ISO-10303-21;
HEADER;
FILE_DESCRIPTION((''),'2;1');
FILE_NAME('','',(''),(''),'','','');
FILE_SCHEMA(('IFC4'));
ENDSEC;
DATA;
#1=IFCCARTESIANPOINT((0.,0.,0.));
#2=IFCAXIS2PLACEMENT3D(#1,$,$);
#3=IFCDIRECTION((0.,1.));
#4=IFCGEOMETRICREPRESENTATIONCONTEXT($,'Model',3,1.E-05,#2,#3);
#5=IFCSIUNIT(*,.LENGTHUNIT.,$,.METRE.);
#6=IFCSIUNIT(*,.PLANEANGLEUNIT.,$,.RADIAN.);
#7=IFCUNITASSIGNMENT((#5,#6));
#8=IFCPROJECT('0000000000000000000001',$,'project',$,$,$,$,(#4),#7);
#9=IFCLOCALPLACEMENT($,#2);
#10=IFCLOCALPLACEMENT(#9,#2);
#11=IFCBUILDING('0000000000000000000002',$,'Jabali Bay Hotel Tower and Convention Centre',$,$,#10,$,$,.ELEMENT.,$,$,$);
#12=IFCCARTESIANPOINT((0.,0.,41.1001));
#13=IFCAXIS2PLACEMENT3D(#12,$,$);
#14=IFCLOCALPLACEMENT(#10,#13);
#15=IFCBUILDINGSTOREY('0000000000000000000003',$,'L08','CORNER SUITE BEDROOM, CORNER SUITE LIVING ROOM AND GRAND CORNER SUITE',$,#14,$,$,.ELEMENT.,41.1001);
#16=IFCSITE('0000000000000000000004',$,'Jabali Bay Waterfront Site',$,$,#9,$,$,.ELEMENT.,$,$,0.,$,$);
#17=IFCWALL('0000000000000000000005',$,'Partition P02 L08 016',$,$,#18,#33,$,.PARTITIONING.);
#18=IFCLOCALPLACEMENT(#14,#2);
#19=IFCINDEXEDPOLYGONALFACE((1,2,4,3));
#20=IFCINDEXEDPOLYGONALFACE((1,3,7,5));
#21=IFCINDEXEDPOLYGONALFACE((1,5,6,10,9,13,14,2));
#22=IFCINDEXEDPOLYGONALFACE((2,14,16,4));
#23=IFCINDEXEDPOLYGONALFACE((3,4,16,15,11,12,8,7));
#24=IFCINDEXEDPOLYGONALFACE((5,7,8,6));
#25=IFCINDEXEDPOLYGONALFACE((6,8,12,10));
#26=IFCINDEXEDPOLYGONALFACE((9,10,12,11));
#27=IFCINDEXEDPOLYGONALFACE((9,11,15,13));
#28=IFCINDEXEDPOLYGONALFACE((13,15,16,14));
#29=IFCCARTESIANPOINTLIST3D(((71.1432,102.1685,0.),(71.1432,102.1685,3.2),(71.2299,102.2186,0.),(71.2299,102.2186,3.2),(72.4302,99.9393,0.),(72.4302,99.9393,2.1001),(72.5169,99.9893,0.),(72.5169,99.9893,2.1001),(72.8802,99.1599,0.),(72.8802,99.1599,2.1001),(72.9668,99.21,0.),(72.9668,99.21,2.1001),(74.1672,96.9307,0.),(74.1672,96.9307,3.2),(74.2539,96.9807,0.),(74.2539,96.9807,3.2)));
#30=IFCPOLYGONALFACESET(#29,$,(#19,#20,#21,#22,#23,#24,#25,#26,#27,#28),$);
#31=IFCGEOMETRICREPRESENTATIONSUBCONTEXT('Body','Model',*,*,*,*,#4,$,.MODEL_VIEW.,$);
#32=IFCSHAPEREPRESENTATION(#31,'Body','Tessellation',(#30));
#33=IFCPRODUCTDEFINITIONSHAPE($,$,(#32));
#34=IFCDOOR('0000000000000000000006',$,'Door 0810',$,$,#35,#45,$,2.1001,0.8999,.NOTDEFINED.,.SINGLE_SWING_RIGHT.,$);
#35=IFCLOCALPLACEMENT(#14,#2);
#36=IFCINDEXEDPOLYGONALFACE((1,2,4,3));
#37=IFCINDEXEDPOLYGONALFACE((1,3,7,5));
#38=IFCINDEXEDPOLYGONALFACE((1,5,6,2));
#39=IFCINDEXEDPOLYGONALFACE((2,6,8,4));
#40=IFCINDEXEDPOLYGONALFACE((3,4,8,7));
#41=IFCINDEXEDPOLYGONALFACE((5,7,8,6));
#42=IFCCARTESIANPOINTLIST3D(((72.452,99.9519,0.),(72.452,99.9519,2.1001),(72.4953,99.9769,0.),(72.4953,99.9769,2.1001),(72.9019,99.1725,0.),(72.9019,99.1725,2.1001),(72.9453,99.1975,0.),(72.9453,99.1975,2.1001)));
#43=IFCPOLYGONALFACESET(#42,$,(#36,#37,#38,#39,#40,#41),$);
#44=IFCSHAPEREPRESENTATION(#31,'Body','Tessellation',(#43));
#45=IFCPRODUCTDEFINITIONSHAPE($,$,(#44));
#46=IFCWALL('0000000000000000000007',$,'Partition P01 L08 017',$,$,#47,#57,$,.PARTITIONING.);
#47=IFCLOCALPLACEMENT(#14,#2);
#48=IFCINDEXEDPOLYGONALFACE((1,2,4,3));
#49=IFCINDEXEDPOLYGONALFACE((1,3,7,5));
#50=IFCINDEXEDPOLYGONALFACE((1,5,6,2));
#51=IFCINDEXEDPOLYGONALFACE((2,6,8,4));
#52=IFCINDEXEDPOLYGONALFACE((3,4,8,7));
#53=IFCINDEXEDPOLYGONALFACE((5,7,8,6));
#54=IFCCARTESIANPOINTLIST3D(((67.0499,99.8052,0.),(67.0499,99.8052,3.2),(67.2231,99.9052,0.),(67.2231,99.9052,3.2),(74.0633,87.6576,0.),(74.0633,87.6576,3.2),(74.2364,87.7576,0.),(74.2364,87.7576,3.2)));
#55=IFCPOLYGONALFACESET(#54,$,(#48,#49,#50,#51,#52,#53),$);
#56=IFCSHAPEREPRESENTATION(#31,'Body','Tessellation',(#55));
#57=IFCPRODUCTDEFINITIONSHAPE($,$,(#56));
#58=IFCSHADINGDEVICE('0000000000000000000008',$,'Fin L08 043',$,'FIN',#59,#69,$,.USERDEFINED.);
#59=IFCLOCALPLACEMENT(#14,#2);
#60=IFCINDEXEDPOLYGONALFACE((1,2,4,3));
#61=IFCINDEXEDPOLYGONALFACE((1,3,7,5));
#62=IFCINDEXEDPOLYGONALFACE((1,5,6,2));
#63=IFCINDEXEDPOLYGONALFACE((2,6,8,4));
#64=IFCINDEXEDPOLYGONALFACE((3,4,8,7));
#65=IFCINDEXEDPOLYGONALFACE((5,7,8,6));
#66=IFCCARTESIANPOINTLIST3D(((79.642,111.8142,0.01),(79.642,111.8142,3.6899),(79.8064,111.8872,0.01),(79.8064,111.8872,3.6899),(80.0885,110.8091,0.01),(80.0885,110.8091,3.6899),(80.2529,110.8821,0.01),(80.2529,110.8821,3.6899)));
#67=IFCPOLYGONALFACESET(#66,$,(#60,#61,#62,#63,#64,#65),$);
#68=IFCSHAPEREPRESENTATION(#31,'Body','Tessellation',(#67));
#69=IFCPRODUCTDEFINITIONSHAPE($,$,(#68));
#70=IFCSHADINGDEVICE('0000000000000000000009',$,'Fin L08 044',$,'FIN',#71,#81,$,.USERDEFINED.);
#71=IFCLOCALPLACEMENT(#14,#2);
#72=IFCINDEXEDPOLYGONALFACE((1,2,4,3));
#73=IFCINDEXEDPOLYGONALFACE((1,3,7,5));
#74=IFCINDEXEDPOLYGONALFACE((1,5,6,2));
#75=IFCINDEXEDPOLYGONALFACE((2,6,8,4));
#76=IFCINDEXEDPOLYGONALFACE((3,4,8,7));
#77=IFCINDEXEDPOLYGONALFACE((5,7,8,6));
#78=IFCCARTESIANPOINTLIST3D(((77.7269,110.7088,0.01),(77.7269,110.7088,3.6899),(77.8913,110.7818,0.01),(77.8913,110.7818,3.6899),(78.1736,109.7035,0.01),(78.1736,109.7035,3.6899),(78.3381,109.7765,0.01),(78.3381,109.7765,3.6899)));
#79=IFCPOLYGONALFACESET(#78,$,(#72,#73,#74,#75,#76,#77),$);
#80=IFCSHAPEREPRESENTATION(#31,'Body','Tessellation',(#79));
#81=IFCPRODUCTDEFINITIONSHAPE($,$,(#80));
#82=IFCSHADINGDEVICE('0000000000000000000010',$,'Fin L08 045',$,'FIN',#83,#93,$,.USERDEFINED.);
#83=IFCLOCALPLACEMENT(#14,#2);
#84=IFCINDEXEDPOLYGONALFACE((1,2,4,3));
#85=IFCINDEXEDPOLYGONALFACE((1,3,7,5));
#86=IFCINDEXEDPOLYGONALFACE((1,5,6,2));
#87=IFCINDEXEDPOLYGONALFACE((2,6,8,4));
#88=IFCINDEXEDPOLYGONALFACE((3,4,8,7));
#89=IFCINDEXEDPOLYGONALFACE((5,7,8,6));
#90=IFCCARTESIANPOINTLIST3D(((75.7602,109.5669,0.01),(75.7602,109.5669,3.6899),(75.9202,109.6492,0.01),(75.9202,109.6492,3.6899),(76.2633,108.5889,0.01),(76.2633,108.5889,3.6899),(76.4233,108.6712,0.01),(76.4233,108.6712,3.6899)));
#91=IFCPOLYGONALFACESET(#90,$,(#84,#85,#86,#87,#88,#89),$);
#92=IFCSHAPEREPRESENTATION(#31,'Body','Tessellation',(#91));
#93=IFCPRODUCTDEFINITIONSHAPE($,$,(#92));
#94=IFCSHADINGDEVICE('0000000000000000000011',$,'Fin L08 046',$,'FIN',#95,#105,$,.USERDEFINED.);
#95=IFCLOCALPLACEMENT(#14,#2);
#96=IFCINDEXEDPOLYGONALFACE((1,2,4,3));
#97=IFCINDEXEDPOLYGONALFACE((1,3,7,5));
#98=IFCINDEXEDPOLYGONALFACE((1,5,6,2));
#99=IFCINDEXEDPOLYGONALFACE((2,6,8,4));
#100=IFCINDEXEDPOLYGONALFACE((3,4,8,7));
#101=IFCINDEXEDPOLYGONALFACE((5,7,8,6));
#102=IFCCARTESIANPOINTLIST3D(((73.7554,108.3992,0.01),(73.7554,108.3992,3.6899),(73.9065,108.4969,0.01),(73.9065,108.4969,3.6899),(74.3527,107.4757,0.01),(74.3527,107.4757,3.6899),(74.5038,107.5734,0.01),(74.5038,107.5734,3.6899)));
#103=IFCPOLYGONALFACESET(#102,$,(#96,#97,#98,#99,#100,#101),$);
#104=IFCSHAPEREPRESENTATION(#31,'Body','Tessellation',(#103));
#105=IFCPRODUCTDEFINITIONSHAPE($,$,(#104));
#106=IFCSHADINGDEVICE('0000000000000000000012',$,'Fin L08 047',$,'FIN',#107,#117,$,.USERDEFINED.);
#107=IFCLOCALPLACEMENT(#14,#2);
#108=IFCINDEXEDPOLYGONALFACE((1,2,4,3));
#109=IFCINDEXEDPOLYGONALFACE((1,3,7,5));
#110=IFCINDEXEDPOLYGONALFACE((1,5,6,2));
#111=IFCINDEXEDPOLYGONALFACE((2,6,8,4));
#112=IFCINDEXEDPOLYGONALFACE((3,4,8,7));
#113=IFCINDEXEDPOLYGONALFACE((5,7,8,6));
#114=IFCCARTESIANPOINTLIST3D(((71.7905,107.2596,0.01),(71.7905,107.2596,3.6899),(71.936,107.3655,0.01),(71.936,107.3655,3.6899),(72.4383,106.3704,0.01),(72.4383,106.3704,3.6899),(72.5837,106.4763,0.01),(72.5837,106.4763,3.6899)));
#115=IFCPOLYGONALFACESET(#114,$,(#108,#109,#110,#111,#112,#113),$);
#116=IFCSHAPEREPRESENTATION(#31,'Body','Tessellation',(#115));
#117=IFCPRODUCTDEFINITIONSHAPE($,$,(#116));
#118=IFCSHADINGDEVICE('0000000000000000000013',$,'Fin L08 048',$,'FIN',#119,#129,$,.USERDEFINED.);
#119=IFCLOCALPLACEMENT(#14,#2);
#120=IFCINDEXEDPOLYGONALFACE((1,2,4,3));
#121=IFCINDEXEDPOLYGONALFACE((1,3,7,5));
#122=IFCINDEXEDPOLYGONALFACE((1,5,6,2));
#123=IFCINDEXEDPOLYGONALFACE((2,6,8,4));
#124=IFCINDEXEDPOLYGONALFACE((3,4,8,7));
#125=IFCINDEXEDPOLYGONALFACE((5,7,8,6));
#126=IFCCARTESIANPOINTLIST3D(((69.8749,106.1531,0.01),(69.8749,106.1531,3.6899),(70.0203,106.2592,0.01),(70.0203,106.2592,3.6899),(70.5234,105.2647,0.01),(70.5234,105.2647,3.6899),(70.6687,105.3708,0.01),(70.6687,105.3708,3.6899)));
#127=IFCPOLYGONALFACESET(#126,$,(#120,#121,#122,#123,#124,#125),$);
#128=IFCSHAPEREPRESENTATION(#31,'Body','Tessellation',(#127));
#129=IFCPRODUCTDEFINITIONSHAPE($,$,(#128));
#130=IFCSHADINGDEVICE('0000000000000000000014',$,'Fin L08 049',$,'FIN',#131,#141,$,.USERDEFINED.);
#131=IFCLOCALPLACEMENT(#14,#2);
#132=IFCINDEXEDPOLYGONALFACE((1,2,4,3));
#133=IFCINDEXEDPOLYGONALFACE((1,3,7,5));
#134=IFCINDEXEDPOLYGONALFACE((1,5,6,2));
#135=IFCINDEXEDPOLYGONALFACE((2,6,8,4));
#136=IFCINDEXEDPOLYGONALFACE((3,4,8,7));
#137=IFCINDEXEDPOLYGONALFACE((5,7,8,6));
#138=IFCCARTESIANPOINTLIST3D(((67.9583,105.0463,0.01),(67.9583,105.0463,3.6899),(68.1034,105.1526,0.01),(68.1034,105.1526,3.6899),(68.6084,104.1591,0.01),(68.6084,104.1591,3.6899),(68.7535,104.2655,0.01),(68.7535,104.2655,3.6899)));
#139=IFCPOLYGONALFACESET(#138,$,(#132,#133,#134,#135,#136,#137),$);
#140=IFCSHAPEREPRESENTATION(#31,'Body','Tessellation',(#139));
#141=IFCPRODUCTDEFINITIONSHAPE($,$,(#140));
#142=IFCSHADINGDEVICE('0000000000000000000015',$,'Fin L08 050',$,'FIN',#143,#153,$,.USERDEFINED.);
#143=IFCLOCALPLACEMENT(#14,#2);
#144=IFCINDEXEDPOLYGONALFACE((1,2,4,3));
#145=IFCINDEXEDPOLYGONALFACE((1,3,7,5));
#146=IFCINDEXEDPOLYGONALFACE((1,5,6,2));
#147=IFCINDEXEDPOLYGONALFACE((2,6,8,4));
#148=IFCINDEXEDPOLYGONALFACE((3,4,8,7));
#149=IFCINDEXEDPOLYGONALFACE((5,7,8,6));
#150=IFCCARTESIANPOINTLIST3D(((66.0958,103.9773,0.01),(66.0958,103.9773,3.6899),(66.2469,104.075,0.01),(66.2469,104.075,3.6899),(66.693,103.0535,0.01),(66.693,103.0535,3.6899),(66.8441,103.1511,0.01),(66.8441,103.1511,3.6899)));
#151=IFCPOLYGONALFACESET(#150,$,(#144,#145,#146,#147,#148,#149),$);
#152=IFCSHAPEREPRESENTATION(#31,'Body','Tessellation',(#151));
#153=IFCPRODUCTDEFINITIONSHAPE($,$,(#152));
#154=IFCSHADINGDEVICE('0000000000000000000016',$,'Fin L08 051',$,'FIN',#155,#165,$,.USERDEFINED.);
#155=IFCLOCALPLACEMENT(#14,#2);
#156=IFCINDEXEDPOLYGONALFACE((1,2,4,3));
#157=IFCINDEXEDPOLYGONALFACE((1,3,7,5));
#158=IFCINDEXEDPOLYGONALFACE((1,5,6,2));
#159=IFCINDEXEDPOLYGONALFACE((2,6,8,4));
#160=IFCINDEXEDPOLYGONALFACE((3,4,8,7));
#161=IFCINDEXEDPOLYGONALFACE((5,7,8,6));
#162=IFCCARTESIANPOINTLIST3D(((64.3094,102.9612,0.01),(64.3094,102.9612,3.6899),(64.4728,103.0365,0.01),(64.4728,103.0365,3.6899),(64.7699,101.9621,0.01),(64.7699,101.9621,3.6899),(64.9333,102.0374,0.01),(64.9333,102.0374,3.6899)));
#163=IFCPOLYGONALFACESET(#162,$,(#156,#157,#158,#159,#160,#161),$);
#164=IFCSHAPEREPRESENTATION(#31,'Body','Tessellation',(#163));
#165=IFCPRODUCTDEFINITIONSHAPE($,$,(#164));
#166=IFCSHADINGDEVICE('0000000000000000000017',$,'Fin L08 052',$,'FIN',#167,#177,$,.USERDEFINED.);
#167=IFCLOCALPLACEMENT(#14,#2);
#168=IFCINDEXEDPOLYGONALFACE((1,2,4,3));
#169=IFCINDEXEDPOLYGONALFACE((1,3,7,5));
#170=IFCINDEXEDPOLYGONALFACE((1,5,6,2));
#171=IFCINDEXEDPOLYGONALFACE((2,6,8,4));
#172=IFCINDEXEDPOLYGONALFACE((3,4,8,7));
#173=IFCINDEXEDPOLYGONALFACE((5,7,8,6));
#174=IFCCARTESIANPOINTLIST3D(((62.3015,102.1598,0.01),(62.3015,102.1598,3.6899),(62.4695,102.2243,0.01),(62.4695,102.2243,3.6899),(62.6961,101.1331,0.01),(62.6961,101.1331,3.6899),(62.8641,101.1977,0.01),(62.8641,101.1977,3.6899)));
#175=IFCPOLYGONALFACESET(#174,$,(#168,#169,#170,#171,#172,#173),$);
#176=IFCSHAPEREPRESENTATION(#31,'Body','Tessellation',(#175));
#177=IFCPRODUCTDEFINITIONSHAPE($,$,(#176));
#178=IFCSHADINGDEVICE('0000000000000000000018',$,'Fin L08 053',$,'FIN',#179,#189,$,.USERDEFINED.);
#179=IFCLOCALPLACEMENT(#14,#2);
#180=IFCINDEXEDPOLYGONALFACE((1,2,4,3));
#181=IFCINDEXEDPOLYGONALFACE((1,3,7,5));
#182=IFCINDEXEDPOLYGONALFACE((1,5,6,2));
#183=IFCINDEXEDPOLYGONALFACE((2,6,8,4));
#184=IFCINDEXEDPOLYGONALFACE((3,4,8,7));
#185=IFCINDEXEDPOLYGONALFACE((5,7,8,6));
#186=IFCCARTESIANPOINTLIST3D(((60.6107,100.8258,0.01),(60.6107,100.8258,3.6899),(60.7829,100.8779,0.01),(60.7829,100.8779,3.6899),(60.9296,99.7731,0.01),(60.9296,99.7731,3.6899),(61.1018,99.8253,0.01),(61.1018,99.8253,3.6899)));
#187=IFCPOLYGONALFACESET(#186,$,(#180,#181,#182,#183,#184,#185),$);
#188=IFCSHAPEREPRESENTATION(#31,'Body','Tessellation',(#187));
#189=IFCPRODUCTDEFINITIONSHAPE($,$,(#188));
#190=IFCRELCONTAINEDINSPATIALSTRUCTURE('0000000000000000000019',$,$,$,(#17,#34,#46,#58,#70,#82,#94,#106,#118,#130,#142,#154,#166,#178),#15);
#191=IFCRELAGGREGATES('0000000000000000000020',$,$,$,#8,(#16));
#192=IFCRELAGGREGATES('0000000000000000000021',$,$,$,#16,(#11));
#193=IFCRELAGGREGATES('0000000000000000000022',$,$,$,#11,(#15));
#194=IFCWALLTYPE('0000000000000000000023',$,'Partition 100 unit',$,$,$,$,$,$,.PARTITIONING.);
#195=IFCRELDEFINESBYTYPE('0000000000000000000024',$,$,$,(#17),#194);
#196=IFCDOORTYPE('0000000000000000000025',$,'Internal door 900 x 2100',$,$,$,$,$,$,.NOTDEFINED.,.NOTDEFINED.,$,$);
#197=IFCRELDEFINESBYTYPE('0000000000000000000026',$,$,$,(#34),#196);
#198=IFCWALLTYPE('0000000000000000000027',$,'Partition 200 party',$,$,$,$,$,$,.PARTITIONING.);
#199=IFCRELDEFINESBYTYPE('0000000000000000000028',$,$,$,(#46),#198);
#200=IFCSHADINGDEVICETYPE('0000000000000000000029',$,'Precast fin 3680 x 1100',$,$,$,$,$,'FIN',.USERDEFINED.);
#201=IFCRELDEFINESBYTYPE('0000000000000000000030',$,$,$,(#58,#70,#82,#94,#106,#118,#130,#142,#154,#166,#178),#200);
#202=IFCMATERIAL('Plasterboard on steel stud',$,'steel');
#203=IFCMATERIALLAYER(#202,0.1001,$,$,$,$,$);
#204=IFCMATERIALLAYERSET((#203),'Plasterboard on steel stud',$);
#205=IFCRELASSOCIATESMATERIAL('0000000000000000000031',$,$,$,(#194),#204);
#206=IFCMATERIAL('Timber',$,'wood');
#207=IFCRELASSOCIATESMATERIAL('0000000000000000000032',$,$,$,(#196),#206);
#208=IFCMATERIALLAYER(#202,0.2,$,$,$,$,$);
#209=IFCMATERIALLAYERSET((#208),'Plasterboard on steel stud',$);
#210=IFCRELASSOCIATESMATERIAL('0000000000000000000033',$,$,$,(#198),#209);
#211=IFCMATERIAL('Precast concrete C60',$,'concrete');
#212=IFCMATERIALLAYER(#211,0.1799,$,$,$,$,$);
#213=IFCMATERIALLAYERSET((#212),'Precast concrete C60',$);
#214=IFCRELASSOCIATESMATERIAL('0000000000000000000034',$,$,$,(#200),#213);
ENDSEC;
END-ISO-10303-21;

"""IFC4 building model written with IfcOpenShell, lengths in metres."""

from ifc_helpers import new_model, si_unit, direction, frame, frame_2d, origin, place, context, subcontext, project, spatial, rectangle, extrude, material, layer, layer_set, type_object, element, fill, save


model = new_model("IFC4")

# Units and contexts
model_context = context("Model", 3, precision=1e-05, world=origin(), true_north=direction((0.0, 1.0)))
body_context = subcontext(model_context, "Body", "Model", "MODEL_VIEW")
ifc_project = project(units=[si_unit("LENGTHUNIT", "METRE"), si_unit("PLANEANGLEUNIT", "RADIAN")], contexts=[model_context])

# Site, building, storey
site_placement = place(None, origin())
site = spatial("IfcSite", under=ifc_project, at=site_placement, Name="Jabali Bay Waterfront Site", CompositionType="ELEMENT", RefElevation=0.0)
building_placement = place(site_placement, origin())
building = spatial("IfcBuilding", under=site, at=building_placement, Name="Jabali Bay Hotel Tower and Convention Centre", CompositionType="ELEMENT")
storey_placement = place(building_placement, frame((0.0, 0.0, 41.1001)))
storey = spatial("IfcBuildingStorey", under=building, at=storey_placement, Name="L08", Description="CORNER SUITE BEDROOM, CORNER SUITE LIVING ROOM AND GRAND CORNER SUITE", CompositionType="ELEMENT", Elevation=41.1001)

# Wall, opening, door
ifc_material_1 = material(Name="Plasterboard on steel stud", Category="steel")
ifc_layer_1 = layer(ifc_material_1, 0.1001)
ifc_layer_set_1 = layer_set([ifc_layer_1], Name="Plasterboard on steel stud")
wall_type_1 = type_object("IfcWallType", Name="Partition 100 unit", PredefinedType="PARTITIONING", material=ifc_layer_set_1)
wall_1_placement = place(storey_placement, frame((74.2104, 96.9558, 0.0), z_axis=(0.0, 0.0, 1.0), x_axis=(-0.499986, 0.866034, 0.0)))
wall_1 = element("IfcWall", 1, at=wall_1_placement, inside=storey, type_object=wall_type_1, Name="Partition P02 L08 016", PredefinedType="PARTITIONING", context=body_context, shape_type="SweptSolid", body=[
    extrude(rectangle(XDim=6.0481, YDim=0.1001, at=frame_2d((3.0239, 0.0))), origin(), (0.0, 0.0, 1.0), 3.2),
])
opening_1_placement = place(wall_1_placement, frame((2.574, 0.0, 0.0)))
opening_1 = element("IfcOpeningElement", 2, at=opening_1_placement, cuts=wall_1, PredefinedType="OPENING", context=body_context, shape_type="SweptSolid", body=[
    extrude(rectangle(XDim=0.8999, YDim=2.1001, at=frame_2d((0.45, 1.05))), frame((0.0, 0.0605, 0.0), z_axis=(0.0, -1.0, 0.0), x_axis=(1.0, 0.0, 0.0)), (0.0, 0.0, 1.0), 0.1211),
])
ifc_material_2 = material(Name="Timber", Category="wood")
door_type_1 = type_object("IfcDoorType", Name="Internal door 900 x 2100", OperationType="NOTDEFINED", PredefinedType="NOTDEFINED", material=ifc_material_2)
door_1_placement = place(opening_1_placement, origin())
door_1 = element("IfcDoor", 3, at=door_1_placement, inside=storey, type_object=door_type_1, Name="Door 0810", OperationType="SINGLE_SWING_RIGHT", OverallHeight=2.1001, OverallWidth=0.8999, PredefinedType="NOTDEFINED", context=body_context, shape_type="SweptSolid", body=[
    extrude(rectangle(XDim=0.8999, YDim=2.1001, at=frame_2d((0.45, 1.05))), frame((0.0, 0.0249, 0.0), z_axis=(0.0, -1.0, 0.0), x_axis=(1.0, 0.0, 0.0)), (0.0, 0.0, 1.0), 0.05),
])
fill(opening_1, door_1)

# Wall
ifc_layer_2 = layer(ifc_material_1, 0.2)
ifc_layer_set_2 = layer_set([ifc_layer_2], Name="Plasterboard on steel stud")
wall_type_2 = type_object("IfcWallType", Name="Partition 200 party", PredefinedType="PARTITIONING", material=ifc_layer_set_2)
wall_2_placement = place(storey_placement, frame((67.1365, 99.8552, 0.0), z_axis=(0.0, 0.0, 1.0), x_axis=(0.499997, -0.866027, 0.0)))
element("IfcWall", 4, at=wall_2_placement, inside=storey, type_object=wall_type_2, Name="Partition P01 L08 017", PredefinedType="PARTITIONING", context=body_context, shape_type="SweptSolid", body=[
    extrude(rectangle(XDim=14.0269, YDim=0.2, at=frame_2d((7.0134, 0.0))), origin(), (0.0, 0.0, 1.0), 3.2),
])

# Shading devices
ifc_material_3 = material(Name="Precast concrete C60", Category="concrete")
ifc_layer_3 = layer(ifc_material_3, 0.1799)
ifc_layer_set_3 = layer_set([ifc_layer_3], Name="Precast concrete C60")
shading_device_type = type_object("IfcShadingDeviceType", Name="Precast fin 3680 x 1100", ElementType="FIN", PredefinedType="USERDEFINED", material=ifc_layer_set_3)
shading_device_1_placement = place(storey_placement, frame((80.1707, 110.8457, 0.01), z_axis=(0.0, 0.0, 1.0), x_axis=(-0.405994, 0.913876, 0.0)))
element("IfcShadingDevice", 5, at=shading_device_1_placement, inside=storey, type_object=shading_device_type, Name="Fin L08 043", ObjectType="FIN", PredefinedType="USERDEFINED", context=body_context, shape_type="SweptSolid", body=[
    extrude(rectangle(XDim=1.0999, YDim=0.1799, at=frame_2d((0.5498, 0.0))), origin(), (0.0, 0.0, 1.0), 3.6799),
])
shading_device_2_placement = place(storey_placement, frame((78.2559, 109.74, 0.01), z_axis=(0.0, 0.0, 1.0), x_axis=(-0.406097, 0.91383, 0.0)))
element("IfcShadingDevice", 6, at=shading_device_2_placement, inside=storey, type_object=shading_device_type, Name="Fin L08 044", ObjectType="FIN", PredefinedType="USERDEFINED", context=body_context, shape_type="SweptSolid", body=[
    extrude(rectangle(XDim=1.1001, YDim=0.1799, at=frame_2d((0.55, 0.0))), origin(), (0.0, 0.0, 1.0), 3.6799),
])
for number, where, z_axis, x_axis, name in (
    (7, (76.3433, 108.6301, 0.01), (0.0, 0.0, 1.0), (-0.457483, 0.889218, 0.0), "Fin L08 045"),
    (8, (74.4282, 107.5247, 0.01), (0.0, 0.0, 1.0), (-0.543122, 0.839654, 0.0), "Fin L08 046"),
):
    element("IfcShadingDevice", number, at=place(storey_placement, frame(where, z_axis=z_axis, x_axis=x_axis)), inside=storey, type_object=shading_device_type, Name=name, ObjectType="FIN", PredefinedType="USERDEFINED", context=body_context, shape_type="SweptSolid", body=[
        extrude(rectangle(XDim=1.0999, YDim=0.1799, at=frame_2d((0.5498, 0.0))), origin(), (0.0, 0.0, 1.0), 3.6799),
    ])
shading_device_3_placement = place(storey_placement, frame((72.511, 106.4233, 0.01), z_axis=(0.0, 0.0, 1.0), x_axis=(-0.588792, 0.808285, 0.0)))
element("IfcShadingDevice", 9, at=shading_device_3_placement, inside=storey, type_object=shading_device_type, Name="Fin L08 047", ObjectType="FIN", PredefinedType="USERDEFINED", context=body_context, shape_type="SweptSolid", body=[
    extrude(rectangle(XDim=1.1001, YDim=0.1799, at=frame_2d((0.55, 0.0))), origin(), (0.0, 0.0, 1.0), 3.6799),
])
for number, where, z_axis, x_axis, name in (
    (10, (70.5959, 105.3179, 0.01), (0.0, 0.0, 1.0), (-0.589543, 0.807737, 0.0), "Fin L08 048"),
    (11, (68.6809, 104.2124, 0.01), (0.0, 0.0, 1.0), (-0.591085, 0.80661, 0.0), "Fin L08 049"),
):
    element("IfcShadingDevice", number, at=place(storey_placement, frame(where, z_axis=z_axis, x_axis=x_axis)), inside=storey, type_object=shading_device_type, Name=name, ObjectType="FIN", PredefinedType="USERDEFINED", context=body_context, shape_type="SweptSolid", body=[
        extrude(rectangle(XDim=1.0999, YDim=0.1799, at=frame_2d((0.5498, 0.0))), origin(), (0.0, 0.0, 1.0), 3.6799),
    ])
for number, where, z_axis, x_axis, name in (
    (12, (66.7686, 103.1023, 0.01), (0.0, 0.0, 1.0), (-0.542865, 0.83982, 0.0), "Fin L08 050"),
    (13, (64.8516, 101.9998, 0.01), (0.0, 0.0, 1.0), (-0.41858, 0.90818, 0.0), "Fin L08 051"),
):
    element("IfcShadingDevice", number, at=place(storey_placement, frame(where, z_axis=z_axis, x_axis=x_axis)), inside=storey, type_object=shading_device_type, Name=name, ObjectType="FIN", PredefinedType="USERDEFINED", context=body_context, shape_type="SweptSolid", body=[
        extrude(rectangle(XDim=1.1001, YDim=0.1799, at=frame_2d((0.55, 0.0))), origin(), (0.0, 0.0, 1.0), 3.6799),
    ])
for number, where, z_axis, x_axis, name in (
    (14, (62.78, 101.1655, 0.01), (0.0, 0.0, 1.0), (-0.358726, 0.933443, 0.0), "Fin L08 052"),
    (15, (61.0156, 99.7993, 0.01), (0.0, 0.0, 1.0), (-0.289872, 0.957065, 0.0), "Fin L08 053"),
):
    element("IfcShadingDevice", number, at=place(storey_placement, frame(where, z_axis=z_axis, x_axis=x_axis)), inside=storey, type_object=shading_device_type, Name=name, ObjectType="FIN", PredefinedType="USERDEFINED", context=body_context, shape_type="SweptSolid", body=[
        extrude(rectangle(XDim=1.0999, YDim=0.1799, at=frame_2d((0.5498, 0.0))), origin(), (0.0, 0.0, 1.0), 3.6799),
    ])

save(model, "model.ifc")
